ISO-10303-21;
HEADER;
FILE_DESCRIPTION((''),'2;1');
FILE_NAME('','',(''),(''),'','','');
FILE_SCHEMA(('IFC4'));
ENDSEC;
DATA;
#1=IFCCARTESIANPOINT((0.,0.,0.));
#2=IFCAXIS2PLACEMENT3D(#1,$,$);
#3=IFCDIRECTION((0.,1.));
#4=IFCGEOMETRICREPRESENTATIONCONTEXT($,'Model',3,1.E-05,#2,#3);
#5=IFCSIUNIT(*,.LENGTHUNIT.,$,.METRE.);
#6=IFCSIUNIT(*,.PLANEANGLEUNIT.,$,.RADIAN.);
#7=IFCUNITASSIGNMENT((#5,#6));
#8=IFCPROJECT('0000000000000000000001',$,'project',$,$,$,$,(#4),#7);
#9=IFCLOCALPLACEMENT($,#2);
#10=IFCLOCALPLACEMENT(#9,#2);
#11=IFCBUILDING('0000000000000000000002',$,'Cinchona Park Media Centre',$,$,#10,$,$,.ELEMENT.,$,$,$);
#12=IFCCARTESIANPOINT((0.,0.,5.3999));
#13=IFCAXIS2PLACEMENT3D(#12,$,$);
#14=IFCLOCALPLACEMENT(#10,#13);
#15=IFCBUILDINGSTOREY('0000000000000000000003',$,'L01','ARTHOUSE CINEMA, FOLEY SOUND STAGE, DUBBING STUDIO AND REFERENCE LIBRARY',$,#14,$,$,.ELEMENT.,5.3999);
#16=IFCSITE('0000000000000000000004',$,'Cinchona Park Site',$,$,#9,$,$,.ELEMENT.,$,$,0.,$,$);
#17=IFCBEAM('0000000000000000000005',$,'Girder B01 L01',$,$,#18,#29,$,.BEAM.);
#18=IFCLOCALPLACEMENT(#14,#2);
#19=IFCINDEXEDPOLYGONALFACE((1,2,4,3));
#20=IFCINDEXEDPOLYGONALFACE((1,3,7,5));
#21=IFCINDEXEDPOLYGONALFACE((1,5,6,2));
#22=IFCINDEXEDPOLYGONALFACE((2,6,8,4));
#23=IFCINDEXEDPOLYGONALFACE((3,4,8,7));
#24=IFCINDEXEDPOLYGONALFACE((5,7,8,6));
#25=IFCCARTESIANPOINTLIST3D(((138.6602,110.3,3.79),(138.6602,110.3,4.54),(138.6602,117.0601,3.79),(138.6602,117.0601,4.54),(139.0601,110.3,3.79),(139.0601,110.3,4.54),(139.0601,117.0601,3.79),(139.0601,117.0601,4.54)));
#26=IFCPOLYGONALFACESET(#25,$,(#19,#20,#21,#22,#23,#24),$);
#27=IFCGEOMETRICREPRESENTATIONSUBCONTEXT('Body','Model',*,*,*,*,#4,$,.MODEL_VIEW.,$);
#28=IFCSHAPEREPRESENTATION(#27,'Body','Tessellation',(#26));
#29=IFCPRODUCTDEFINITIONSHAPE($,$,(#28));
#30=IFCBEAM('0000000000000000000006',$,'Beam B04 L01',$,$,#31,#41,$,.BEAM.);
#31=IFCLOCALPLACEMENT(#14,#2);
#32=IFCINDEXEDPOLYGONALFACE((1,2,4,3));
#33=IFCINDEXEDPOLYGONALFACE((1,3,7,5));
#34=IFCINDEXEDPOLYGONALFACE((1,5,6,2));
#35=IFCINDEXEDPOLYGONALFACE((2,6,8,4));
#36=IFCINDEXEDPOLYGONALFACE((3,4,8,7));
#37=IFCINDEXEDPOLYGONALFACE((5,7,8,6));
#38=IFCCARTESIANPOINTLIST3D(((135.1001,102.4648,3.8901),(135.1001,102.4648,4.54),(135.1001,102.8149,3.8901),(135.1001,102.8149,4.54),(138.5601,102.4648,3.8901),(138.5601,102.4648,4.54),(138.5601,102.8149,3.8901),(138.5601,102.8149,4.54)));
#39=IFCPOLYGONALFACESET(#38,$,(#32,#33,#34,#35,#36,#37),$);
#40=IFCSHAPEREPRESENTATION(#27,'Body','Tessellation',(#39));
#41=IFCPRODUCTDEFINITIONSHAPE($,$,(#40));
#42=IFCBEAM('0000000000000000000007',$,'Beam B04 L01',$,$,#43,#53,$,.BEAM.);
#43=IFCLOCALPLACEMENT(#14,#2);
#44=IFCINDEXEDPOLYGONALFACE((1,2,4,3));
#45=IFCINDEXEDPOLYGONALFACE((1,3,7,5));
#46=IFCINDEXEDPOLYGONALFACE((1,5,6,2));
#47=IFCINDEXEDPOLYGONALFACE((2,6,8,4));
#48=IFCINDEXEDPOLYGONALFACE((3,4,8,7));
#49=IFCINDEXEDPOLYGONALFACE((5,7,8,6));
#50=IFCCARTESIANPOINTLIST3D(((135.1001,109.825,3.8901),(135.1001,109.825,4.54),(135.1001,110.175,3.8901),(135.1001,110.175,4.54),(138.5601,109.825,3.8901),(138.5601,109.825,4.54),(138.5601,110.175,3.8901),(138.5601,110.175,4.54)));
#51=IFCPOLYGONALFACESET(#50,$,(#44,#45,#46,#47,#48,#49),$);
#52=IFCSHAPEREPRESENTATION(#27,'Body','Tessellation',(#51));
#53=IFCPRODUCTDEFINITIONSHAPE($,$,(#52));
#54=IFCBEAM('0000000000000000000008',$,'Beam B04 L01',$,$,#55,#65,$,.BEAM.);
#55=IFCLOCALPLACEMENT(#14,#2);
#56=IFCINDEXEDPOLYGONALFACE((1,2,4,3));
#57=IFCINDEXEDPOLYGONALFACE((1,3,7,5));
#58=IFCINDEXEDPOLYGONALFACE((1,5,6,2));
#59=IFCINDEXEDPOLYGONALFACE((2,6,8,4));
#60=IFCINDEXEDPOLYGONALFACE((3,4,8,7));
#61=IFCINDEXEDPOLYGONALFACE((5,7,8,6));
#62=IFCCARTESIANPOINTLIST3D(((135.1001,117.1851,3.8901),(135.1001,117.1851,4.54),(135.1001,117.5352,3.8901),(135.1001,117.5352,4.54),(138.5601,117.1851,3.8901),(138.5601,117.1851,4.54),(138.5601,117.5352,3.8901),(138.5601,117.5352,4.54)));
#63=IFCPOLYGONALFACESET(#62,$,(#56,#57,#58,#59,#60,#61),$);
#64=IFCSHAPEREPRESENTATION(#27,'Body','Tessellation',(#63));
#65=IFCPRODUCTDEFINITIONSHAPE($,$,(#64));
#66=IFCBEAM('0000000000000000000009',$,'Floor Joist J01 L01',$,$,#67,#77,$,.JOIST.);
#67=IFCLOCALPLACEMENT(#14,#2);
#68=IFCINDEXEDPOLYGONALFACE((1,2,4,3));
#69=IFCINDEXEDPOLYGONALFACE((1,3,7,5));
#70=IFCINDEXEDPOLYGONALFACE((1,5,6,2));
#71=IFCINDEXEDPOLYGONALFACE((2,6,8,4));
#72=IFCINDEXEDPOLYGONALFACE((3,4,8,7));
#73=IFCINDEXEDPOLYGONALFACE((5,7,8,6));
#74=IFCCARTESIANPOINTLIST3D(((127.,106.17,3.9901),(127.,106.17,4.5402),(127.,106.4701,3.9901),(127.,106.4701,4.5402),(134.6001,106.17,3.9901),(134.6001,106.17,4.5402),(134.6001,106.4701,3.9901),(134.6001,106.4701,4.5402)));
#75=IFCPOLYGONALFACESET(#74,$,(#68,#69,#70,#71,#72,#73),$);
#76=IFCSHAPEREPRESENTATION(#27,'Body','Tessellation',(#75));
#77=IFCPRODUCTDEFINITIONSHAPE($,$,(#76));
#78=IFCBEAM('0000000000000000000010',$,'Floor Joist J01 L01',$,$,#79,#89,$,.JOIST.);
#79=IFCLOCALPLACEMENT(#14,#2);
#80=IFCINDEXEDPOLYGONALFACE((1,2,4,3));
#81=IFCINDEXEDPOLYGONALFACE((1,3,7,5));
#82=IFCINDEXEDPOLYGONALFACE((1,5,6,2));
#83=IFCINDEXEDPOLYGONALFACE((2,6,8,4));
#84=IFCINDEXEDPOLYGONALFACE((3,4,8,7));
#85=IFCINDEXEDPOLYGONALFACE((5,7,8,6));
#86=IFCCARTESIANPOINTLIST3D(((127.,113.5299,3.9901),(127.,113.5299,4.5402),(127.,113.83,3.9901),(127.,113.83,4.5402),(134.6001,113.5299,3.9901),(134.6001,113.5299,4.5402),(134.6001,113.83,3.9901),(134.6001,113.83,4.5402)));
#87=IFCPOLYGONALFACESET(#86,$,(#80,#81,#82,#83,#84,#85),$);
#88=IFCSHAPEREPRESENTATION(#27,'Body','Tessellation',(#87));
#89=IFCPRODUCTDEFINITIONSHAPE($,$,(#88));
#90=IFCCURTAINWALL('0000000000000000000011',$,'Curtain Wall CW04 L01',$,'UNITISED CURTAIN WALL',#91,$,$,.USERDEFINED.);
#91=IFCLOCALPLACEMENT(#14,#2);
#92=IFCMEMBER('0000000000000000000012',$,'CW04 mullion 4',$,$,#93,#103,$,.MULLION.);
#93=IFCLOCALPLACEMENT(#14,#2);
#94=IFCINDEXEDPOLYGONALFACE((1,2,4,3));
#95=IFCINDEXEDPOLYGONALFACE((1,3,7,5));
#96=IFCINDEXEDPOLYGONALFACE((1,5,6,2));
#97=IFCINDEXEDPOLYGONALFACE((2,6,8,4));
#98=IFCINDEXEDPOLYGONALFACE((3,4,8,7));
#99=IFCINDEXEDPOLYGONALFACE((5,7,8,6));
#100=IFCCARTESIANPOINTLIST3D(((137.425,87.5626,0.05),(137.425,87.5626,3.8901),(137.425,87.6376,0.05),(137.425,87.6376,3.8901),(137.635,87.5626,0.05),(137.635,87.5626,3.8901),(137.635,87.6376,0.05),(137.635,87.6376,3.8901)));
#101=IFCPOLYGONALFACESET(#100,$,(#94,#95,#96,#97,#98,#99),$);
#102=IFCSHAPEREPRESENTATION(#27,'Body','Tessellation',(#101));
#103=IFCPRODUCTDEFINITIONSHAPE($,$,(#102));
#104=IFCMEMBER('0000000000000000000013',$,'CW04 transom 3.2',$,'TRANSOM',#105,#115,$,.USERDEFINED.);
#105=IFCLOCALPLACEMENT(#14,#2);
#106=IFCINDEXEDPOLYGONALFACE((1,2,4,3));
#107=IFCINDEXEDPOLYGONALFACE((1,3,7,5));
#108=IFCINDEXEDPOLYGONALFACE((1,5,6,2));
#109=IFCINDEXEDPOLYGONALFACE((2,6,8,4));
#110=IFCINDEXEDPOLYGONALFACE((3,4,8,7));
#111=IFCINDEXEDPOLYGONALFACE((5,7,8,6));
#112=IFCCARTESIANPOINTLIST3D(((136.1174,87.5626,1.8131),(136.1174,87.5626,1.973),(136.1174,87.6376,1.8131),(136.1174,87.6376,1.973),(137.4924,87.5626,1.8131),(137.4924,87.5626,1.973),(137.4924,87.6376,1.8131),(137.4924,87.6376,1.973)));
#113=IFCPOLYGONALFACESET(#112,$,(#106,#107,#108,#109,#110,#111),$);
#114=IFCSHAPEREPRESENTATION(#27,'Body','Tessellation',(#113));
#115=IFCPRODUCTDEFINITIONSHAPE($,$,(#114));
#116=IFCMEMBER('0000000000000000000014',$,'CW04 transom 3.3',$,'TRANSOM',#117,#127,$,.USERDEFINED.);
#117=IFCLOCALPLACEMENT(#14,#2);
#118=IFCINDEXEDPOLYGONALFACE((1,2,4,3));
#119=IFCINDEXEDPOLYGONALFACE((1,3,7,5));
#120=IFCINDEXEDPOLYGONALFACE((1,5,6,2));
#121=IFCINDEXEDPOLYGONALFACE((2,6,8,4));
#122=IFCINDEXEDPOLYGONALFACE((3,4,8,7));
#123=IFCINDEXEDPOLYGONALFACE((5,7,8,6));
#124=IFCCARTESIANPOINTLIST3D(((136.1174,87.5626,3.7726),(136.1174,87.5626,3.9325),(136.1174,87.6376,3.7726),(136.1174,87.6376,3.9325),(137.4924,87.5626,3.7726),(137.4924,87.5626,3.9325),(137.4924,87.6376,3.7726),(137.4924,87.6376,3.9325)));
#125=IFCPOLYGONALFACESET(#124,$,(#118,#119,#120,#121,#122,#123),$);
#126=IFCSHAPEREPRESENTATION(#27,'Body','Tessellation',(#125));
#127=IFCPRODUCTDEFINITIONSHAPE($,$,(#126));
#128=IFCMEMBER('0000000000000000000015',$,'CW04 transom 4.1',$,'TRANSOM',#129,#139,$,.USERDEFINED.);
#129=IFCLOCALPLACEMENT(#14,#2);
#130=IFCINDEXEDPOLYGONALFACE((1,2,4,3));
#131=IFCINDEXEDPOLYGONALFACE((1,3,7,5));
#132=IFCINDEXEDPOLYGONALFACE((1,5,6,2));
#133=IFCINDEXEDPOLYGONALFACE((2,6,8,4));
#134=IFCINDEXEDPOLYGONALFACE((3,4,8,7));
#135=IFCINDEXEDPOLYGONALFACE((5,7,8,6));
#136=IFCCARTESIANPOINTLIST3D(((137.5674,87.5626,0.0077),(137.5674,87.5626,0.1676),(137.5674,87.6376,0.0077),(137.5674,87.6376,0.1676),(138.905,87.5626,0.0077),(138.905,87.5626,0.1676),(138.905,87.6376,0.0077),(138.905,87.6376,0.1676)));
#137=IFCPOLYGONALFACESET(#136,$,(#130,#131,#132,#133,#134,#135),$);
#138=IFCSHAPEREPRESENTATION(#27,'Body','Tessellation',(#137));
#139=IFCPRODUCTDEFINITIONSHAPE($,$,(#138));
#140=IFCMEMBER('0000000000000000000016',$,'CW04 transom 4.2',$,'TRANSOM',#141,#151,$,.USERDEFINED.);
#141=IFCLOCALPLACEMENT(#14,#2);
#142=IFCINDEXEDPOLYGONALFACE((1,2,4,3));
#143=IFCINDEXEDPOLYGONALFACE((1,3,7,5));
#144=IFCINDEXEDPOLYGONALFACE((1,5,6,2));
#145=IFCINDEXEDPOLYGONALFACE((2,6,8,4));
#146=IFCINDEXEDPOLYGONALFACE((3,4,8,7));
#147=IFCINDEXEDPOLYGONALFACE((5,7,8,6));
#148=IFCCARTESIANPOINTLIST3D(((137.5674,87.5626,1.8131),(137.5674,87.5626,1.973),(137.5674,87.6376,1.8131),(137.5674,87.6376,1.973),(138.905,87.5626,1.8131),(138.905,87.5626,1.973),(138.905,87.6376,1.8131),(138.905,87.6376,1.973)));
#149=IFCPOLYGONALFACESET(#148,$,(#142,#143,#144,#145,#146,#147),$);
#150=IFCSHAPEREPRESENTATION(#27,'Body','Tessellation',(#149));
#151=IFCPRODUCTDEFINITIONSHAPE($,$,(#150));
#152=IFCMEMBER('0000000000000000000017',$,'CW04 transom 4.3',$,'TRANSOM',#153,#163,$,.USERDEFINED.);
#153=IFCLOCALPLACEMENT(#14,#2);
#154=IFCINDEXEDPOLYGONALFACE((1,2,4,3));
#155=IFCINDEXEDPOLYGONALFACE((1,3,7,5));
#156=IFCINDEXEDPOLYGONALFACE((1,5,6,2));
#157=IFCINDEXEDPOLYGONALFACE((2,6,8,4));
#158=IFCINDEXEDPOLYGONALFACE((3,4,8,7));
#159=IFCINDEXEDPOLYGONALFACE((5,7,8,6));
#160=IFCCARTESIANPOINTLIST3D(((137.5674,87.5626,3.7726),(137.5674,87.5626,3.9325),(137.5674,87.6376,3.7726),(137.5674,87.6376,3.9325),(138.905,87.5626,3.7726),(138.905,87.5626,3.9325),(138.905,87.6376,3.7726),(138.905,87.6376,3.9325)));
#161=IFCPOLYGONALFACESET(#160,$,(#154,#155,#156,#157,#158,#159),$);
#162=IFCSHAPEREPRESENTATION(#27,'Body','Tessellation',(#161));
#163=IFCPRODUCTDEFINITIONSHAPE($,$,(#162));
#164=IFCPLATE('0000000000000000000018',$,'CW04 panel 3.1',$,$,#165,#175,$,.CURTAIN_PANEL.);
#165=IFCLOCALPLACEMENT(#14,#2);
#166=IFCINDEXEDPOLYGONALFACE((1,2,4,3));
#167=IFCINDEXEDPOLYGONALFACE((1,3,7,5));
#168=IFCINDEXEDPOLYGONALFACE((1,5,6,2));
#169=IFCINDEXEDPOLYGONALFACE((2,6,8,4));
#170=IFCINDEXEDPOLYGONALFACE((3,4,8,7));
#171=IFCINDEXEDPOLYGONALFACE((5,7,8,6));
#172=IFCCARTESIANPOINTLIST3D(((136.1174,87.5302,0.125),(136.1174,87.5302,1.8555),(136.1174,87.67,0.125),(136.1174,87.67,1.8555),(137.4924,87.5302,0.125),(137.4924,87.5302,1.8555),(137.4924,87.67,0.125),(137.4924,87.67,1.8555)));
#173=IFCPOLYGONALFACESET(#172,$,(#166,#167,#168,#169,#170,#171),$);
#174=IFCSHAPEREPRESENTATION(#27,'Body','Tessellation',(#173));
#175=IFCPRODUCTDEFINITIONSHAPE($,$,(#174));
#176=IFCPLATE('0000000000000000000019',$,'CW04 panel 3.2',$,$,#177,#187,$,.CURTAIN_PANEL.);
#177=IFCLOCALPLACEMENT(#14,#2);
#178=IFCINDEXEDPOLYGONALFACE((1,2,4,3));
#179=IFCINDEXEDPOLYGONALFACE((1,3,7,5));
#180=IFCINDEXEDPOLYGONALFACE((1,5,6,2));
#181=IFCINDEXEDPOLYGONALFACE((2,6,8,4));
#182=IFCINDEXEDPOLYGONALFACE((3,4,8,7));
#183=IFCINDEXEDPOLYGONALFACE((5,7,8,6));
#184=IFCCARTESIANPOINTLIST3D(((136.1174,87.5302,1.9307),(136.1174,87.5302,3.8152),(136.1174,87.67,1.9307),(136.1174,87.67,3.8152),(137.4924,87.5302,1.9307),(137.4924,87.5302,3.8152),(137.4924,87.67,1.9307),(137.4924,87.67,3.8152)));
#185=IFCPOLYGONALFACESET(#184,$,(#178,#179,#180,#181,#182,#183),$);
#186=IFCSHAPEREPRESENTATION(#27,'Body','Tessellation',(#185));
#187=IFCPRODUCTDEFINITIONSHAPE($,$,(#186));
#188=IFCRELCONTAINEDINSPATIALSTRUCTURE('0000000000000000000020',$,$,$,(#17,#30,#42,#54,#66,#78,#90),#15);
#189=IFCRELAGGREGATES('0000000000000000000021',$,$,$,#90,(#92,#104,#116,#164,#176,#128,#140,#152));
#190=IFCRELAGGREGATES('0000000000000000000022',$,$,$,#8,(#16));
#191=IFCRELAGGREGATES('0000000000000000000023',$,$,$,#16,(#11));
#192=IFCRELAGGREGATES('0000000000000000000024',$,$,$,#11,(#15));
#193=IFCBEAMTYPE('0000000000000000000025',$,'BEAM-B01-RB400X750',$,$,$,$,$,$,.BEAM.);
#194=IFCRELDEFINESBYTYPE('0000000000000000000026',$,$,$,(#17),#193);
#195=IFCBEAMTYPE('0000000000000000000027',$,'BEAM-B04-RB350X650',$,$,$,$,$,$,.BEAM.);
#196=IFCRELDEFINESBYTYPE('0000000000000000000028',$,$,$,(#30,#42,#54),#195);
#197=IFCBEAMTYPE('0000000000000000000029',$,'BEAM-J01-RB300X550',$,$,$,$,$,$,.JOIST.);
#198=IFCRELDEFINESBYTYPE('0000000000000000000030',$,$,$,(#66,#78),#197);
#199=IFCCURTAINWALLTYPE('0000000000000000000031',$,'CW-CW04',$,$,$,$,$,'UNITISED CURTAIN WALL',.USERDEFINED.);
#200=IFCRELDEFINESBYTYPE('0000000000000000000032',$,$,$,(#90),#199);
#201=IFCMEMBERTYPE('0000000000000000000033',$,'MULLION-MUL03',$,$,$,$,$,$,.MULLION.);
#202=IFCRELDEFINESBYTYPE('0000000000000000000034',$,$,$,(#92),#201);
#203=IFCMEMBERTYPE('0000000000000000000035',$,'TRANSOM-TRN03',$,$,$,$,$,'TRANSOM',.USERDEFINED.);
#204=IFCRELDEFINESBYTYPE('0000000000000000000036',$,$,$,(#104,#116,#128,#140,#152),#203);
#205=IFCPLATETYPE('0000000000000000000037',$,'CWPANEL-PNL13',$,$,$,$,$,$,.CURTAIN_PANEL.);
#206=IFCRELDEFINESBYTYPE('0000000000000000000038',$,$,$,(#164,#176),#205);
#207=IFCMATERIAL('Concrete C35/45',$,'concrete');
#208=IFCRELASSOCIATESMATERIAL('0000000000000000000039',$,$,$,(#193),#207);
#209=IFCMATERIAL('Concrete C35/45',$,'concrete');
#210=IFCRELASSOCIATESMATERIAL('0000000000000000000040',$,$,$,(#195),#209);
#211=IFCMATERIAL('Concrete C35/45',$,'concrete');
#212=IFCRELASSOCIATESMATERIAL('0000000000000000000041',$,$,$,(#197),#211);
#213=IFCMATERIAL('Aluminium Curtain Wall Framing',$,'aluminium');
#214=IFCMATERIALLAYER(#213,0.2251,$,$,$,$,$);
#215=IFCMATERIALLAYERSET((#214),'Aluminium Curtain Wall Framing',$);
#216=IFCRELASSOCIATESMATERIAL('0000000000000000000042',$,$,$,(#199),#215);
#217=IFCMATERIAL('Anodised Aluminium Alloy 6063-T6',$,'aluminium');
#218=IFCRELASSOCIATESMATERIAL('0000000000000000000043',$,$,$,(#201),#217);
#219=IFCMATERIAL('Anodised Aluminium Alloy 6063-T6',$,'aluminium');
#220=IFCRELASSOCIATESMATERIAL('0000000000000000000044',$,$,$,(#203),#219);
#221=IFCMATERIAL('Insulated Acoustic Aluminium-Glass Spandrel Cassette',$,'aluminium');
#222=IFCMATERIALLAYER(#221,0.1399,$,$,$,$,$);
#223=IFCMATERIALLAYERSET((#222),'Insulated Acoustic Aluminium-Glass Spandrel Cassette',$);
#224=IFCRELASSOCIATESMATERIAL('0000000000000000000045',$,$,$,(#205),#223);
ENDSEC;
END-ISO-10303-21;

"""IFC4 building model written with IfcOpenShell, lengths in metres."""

from ifc_helpers import new_model, si_unit, direction, frame, origin, origin_2d, place, context, subcontext, project, spatial, rectangle, extrude, material, layer, layer_set, material_profile, profile_set, type_object, element, aggregate, save


model = new_model("IFC4")

# Units and contexts
model_context = context("Model", 3, precision=1e-05, world=origin(), true_north=direction((0.0, 1.0)))
body_context = subcontext(model_context, "Body", "Model", "MODEL_VIEW")
ifc_project = project(units=[si_unit("LENGTHUNIT", "METRE"), si_unit("PLANEANGLEUNIT", "RADIAN")], contexts=[model_context])

# Site, building, storey
site_placement = place(None, origin())
site = spatial("IfcSite", under=ifc_project, at=site_placement, Name="Cinchona Park Site", CompositionType="ELEMENT", RefElevation=0.0)
building_placement = place(site_placement, origin())
building = spatial("IfcBuilding", under=site, at=building_placement, Name="Cinchona Park Media Centre", CompositionType="ELEMENT")
storey_placement = place(building_placement, frame((0.0, 0.0, 5.3999)))
storey = spatial("IfcBuildingStorey", under=building, at=storey_placement, Name="L01", Description="ARTHOUSE CINEMA, FOLEY SOUND STAGE, DUBBING STUDIO AND REFERENCE LIBRARY", CompositionType="ELEMENT", Elevation=5.3999)

# Beams
ifc_material_1 = material(Name="Concrete C35/45", Category="concrete")
ifc_material_profile_1 = material_profile(ifc_material_1, rectangle(XDim=0.3999, YDim=0.75, at=origin_2d()), Name="RB 400X750")
ifc_profile_set_1 = profile_set([ifc_material_profile_1], Name="Concrete C35/45")
beam_type_1 = type_object("IfcBeamType", Name="BEAM-B01-RB400X750", PredefinedType="BEAM", material=ifc_profile_set_1)
for number, where, z_axis, x_axis, name in (
    (1, (138.8601, 110.3, 4.165), (0.0, 1.0, 0.0), (-1.0, 0.0, 0.0), "Girder B01 L01"),
):
    element("IfcBeam", number, at=place(storey_placement, frame(where, z_axis=z_axis, x_axis=x_axis)), inside=storey, type_object=beam_type_1, Name=name, PredefinedType="BEAM", context=body_context, shape_type="SweptSolid", body=[
        extrude(rectangle(XDim=0.3999, YDim=0.75, at=origin_2d()), origin(), (0.0, 0.0, 1.0), 6.76),
    ])
ifc_material_2 = material(Name="Concrete C35/45", Category="concrete")
ifc_material_profile_2 = material_profile(ifc_material_2, rectangle(XDim=0.3501, YDim=0.6499, at=origin_2d()), Name="RB 350X650")
ifc_profile_set_2 = profile_set([ifc_material_profile_2], Name="Concrete C35/45")
beam_type_2 = type_object("IfcBeamType", Name="BEAM-B04-RB350X650", PredefinedType="BEAM", material=ifc_profile_set_2)
for number, where, z_axis, x_axis, name in (
    (2, (135.1001, 102.6399, 4.2151), (1.0, 0.0, 0.0), (0.0, 1.0, 0.0), "Beam B04 L01"),
    (3, (135.1001, 110.0, 4.2151), (1.0, 0.0, 0.0), (0.0, 1.0, 0.0), "Beam B04 L01"),
    (4, (135.1001, 117.3601, 4.2151), (1.0, 0.0, 0.0), (0.0, 1.0, 0.0), "Beam B04 L01"),
):
    element("IfcBeam", number, at=place(storey_placement, frame(where, z_axis=z_axis, x_axis=x_axis)), inside=storey, type_object=beam_type_2, Name=name, PredefinedType="BEAM", context=body_context, shape_type="SweptSolid", body=[
        extrude(rectangle(XDim=0.3501, YDim=0.6499, at=origin_2d()), origin(), (0.0, 0.0, 1.0), 3.46),
    ])
ifc_material_3 = material(Name="Concrete C35/45", Category="concrete")
ifc_material_profile_3 = material_profile(ifc_material_3, rectangle(XDim=0.3, YDim=0.55, at=origin_2d()), Name="RB 300X550")
ifc_profile_set_3 = profile_set([ifc_material_profile_3], Name="Concrete C35/45")
beam_type_3 = type_object("IfcBeamType", Name="BEAM-J01-RB300X550", PredefinedType="JOIST", material=ifc_profile_set_3)
for number, where, z_axis, x_axis, name in (
    (5, (127.0, 106.3201, 4.2651), (1.0, 0.0, 0.0), (0.0, 1.0, 0.0), "Floor Joist J01 L01"),
    (6, (127.0, 113.6799, 4.2651), (1.0, 0.0, 0.0), (0.0, 1.0, 0.0), "Floor Joist J01 L01"),
):
    element("IfcBeam", number, at=place(storey_placement, frame(where, z_axis=z_axis, x_axis=x_axis)), inside=storey, type_object=beam_type_3, Name=name, PredefinedType="JOIST", context=body_context, shape_type="SweptSolid", body=[
        extrude(rectangle(XDim=0.3, YDim=0.55, at=origin_2d()), origin(), (0.0, 0.0, 1.0), 7.6001),
    ])

# Curtain wall, members, plates
ifc_material_4 = material(Name="Aluminium Curtain Wall Framing", Category="aluminium")
ifc_layer_1 = layer(ifc_material_4, 0.2251)
ifc_layer_set_1 = layer_set([ifc_layer_1], Name="Aluminium Curtain Wall Framing")
curtain_wall_type = type_object("IfcCurtainWallType", Name="CW-CW04", ElementType="UNITISED CURTAIN WALL", PredefinedType="USERDEFINED", material=ifc_layer_set_1)
curtain_wall_placement = place(storey_placement, origin())
curtain_wall = element("IfcCurtainWall", 7, at=curtain_wall_placement, inside=storey, type_object=curtain_wall_type, Name="Curtain Wall CW04 L01", ObjectType="UNITISED CURTAIN WALL", PredefinedType="USERDEFINED")
ifc_material_5 = material(Name="Anodised Aluminium Alloy 6063-T6", Category="aluminium")
ifc_material_profile_4 = material_profile(ifc_material_5, rectangle(XDim=0.075, YDim=0.21, at=origin_2d()), Name="MUL-75X210")
ifc_profile_set_4 = profile_set([ifc_material_profile_4], Name="Anodised Aluminium Alloy 6063-T6")
member_type_1 = type_object("IfcMemberType", Name="MULLION-MUL03", PredefinedType="MULLION", material=ifc_profile_set_4)
member_1_placement = place(storey_placement, frame((137.53, 87.6001, 0.05), z_axis=(0.0, 0.0, 1.0), x_axis=(0.0, 1.0, 0.0)))
member_1 = element("IfcMember", 8, at=member_1_placement, type_object=member_type_1, Name="CW04 mullion 4", PredefinedType="MULLION", context=body_context, shape_type="SweptSolid", body=[
    extrude(rectangle(XDim=0.075, YDim=0.21, at=origin_2d()), origin(), (0.0, 0.0, 1.0), 3.8401),
])
ifc_material_6 = material(Name="Anodised Aluminium Alloy 6063-T6", Category="aluminium")
ifc_material_profile_5 = material_profile(ifc_material_6, rectangle(XDim=0.075, YDim=0.1599, at=origin_2d()), Name="TRN-75X160")
ifc_profile_set_5 = profile_set([ifc_material_profile_5], Name="Anodised Aluminium Alloy 6063-T6")
member_type_2 = type_object("IfcMemberType", Name="TRANSOM-TRN03", ElementType="TRANSOM", PredefinedType="USERDEFINED", material=ifc_profile_set_5)
member_2_placement = place(storey_placement, frame((136.1174, 87.6001, 1.8931), z_axis=(1.0, 0.0, 0.0), x_axis=(0.0, 1.0, 0.0)))
member_2 = element("IfcMember", 9, at=member_2_placement, type_object=member_type_2, Name="CW04 transom 3.2", ObjectType="TRANSOM", PredefinedType="USERDEFINED", context=body_context, shape_type="SweptSolid", body=[
    extrude(rectangle(XDim=0.075, YDim=0.1599, at=origin_2d()), origin(), (0.0, 0.0, 1.0), 1.375),
])
member_3_placement = place(storey_placement, frame((136.1174, 87.6001, 3.8525), z_axis=(1.0, 0.0, 0.0), x_axis=(0.0, 1.0, 0.0)))
member_3 = element("IfcMember", 10, at=member_3_placement, type_object=member_type_2, Name="CW04 transom 3.3", ObjectType="TRANSOM", PredefinedType="USERDEFINED", context=body_context, shape_type="SweptSolid", body=[
    extrude(rectangle(XDim=0.075, YDim=0.1599, at=origin_2d()), origin(), (0.0, 0.0, 1.0), 1.375),
])
member_4_placement = place(storey_placement, frame((137.5674, 87.6001, 0.0876), z_axis=(1.0, 0.0, 0.0), x_axis=(0.0, 1.0, 0.0)))
member_4 = element("IfcMember", 11, at=member_4_placement, type_object=member_type_2, Name="CW04 transom 4.1", ObjectType="TRANSOM", PredefinedType="USERDEFINED", context=body_context, shape_type="SweptSolid", body=[
    extrude(rectangle(XDim=0.075, YDim=0.1599, at=origin_2d()), origin(), (0.0, 0.0, 1.0), 1.3376),
])
member_5_placement = place(storey_placement, frame((137.5674, 87.6001, 1.8931), z_axis=(1.0, 0.0, 0.0), x_axis=(0.0, 1.0, 0.0)))
member_5 = element("IfcMember", 12, at=member_5_placement, type_object=member_type_2, Name="CW04 transom 4.2", ObjectType="TRANSOM", PredefinedType="USERDEFINED", context=body_context, shape_type="SweptSolid", body=[
    extrude(rectangle(XDim=0.075, YDim=0.1599, at=origin_2d()), origin(), (0.0, 0.0, 1.0), 1.3376),
])
member_6_placement = place(storey_placement, frame((137.5674, 87.6001, 3.8525), z_axis=(1.0, 0.0, 0.0), x_axis=(0.0, 1.0, 0.0)))
member_6 = element("IfcMember", 13, at=member_6_placement, type_object=member_type_2, Name="CW04 transom 4.3", ObjectType="TRANSOM", PredefinedType="USERDEFINED", context=body_context, shape_type="SweptSolid", body=[
    extrude(rectangle(XDim=0.075, YDim=0.1599, at=origin_2d()), origin(), (0.0, 0.0, 1.0), 1.3376),
])
ifc_material_7 = material(Name="Insulated Acoustic Aluminium-Glass Spandrel Cassette", Category="aluminium")
ifc_layer_2 = layer(ifc_material_7, 0.1399)
ifc_layer_set_2 = layer_set([ifc_layer_2], Name="Insulated Acoustic Aluminium-Glass Spandrel Cassette")
plate_type = type_object("IfcPlateType", Name="CWPANEL-PNL13", PredefinedType="CURTAIN_PANEL", material=ifc_layer_set_2)
plate_1_placement = place(storey_placement, frame((136.8049, 87.6001, 0.125), z_axis=(0.0, 0.0, 1.0), x_axis=(1.0, 0.0, 0.0)))
plate_1 = element("IfcPlate", 14, at=plate_1_placement, type_object=plate_type, Name="CW04 panel 3.1", PredefinedType="CURTAIN_PANEL", context=body_context, shape_type="SweptSolid", body=[
    extrude(rectangle(XDim=1.375, YDim=0.1399, at=origin_2d()), origin(), (0.0, 0.0, 1.0), 1.7305),
])
plate_2_placement = place(storey_placement, frame((136.8049, 87.6001, 1.9307), z_axis=(0.0, 0.0, 1.0), x_axis=(1.0, 0.0, 0.0)))
plate_2 = element("IfcPlate", 15, at=plate_2_placement, type_object=plate_type, Name="CW04 panel 3.2", PredefinedType="CURTAIN_PANEL", context=body_context, shape_type="SweptSolid", body=[
    extrude(rectangle(XDim=1.375, YDim=0.1399, at=origin_2d()), origin(), (0.0, 0.0, 1.0), 1.8845),
])
aggregate(curtain_wall, [member_1, member_2, member_3, plate_1, plate_2, member_4, member_5, member_6])

save(model, "model.ifc")
